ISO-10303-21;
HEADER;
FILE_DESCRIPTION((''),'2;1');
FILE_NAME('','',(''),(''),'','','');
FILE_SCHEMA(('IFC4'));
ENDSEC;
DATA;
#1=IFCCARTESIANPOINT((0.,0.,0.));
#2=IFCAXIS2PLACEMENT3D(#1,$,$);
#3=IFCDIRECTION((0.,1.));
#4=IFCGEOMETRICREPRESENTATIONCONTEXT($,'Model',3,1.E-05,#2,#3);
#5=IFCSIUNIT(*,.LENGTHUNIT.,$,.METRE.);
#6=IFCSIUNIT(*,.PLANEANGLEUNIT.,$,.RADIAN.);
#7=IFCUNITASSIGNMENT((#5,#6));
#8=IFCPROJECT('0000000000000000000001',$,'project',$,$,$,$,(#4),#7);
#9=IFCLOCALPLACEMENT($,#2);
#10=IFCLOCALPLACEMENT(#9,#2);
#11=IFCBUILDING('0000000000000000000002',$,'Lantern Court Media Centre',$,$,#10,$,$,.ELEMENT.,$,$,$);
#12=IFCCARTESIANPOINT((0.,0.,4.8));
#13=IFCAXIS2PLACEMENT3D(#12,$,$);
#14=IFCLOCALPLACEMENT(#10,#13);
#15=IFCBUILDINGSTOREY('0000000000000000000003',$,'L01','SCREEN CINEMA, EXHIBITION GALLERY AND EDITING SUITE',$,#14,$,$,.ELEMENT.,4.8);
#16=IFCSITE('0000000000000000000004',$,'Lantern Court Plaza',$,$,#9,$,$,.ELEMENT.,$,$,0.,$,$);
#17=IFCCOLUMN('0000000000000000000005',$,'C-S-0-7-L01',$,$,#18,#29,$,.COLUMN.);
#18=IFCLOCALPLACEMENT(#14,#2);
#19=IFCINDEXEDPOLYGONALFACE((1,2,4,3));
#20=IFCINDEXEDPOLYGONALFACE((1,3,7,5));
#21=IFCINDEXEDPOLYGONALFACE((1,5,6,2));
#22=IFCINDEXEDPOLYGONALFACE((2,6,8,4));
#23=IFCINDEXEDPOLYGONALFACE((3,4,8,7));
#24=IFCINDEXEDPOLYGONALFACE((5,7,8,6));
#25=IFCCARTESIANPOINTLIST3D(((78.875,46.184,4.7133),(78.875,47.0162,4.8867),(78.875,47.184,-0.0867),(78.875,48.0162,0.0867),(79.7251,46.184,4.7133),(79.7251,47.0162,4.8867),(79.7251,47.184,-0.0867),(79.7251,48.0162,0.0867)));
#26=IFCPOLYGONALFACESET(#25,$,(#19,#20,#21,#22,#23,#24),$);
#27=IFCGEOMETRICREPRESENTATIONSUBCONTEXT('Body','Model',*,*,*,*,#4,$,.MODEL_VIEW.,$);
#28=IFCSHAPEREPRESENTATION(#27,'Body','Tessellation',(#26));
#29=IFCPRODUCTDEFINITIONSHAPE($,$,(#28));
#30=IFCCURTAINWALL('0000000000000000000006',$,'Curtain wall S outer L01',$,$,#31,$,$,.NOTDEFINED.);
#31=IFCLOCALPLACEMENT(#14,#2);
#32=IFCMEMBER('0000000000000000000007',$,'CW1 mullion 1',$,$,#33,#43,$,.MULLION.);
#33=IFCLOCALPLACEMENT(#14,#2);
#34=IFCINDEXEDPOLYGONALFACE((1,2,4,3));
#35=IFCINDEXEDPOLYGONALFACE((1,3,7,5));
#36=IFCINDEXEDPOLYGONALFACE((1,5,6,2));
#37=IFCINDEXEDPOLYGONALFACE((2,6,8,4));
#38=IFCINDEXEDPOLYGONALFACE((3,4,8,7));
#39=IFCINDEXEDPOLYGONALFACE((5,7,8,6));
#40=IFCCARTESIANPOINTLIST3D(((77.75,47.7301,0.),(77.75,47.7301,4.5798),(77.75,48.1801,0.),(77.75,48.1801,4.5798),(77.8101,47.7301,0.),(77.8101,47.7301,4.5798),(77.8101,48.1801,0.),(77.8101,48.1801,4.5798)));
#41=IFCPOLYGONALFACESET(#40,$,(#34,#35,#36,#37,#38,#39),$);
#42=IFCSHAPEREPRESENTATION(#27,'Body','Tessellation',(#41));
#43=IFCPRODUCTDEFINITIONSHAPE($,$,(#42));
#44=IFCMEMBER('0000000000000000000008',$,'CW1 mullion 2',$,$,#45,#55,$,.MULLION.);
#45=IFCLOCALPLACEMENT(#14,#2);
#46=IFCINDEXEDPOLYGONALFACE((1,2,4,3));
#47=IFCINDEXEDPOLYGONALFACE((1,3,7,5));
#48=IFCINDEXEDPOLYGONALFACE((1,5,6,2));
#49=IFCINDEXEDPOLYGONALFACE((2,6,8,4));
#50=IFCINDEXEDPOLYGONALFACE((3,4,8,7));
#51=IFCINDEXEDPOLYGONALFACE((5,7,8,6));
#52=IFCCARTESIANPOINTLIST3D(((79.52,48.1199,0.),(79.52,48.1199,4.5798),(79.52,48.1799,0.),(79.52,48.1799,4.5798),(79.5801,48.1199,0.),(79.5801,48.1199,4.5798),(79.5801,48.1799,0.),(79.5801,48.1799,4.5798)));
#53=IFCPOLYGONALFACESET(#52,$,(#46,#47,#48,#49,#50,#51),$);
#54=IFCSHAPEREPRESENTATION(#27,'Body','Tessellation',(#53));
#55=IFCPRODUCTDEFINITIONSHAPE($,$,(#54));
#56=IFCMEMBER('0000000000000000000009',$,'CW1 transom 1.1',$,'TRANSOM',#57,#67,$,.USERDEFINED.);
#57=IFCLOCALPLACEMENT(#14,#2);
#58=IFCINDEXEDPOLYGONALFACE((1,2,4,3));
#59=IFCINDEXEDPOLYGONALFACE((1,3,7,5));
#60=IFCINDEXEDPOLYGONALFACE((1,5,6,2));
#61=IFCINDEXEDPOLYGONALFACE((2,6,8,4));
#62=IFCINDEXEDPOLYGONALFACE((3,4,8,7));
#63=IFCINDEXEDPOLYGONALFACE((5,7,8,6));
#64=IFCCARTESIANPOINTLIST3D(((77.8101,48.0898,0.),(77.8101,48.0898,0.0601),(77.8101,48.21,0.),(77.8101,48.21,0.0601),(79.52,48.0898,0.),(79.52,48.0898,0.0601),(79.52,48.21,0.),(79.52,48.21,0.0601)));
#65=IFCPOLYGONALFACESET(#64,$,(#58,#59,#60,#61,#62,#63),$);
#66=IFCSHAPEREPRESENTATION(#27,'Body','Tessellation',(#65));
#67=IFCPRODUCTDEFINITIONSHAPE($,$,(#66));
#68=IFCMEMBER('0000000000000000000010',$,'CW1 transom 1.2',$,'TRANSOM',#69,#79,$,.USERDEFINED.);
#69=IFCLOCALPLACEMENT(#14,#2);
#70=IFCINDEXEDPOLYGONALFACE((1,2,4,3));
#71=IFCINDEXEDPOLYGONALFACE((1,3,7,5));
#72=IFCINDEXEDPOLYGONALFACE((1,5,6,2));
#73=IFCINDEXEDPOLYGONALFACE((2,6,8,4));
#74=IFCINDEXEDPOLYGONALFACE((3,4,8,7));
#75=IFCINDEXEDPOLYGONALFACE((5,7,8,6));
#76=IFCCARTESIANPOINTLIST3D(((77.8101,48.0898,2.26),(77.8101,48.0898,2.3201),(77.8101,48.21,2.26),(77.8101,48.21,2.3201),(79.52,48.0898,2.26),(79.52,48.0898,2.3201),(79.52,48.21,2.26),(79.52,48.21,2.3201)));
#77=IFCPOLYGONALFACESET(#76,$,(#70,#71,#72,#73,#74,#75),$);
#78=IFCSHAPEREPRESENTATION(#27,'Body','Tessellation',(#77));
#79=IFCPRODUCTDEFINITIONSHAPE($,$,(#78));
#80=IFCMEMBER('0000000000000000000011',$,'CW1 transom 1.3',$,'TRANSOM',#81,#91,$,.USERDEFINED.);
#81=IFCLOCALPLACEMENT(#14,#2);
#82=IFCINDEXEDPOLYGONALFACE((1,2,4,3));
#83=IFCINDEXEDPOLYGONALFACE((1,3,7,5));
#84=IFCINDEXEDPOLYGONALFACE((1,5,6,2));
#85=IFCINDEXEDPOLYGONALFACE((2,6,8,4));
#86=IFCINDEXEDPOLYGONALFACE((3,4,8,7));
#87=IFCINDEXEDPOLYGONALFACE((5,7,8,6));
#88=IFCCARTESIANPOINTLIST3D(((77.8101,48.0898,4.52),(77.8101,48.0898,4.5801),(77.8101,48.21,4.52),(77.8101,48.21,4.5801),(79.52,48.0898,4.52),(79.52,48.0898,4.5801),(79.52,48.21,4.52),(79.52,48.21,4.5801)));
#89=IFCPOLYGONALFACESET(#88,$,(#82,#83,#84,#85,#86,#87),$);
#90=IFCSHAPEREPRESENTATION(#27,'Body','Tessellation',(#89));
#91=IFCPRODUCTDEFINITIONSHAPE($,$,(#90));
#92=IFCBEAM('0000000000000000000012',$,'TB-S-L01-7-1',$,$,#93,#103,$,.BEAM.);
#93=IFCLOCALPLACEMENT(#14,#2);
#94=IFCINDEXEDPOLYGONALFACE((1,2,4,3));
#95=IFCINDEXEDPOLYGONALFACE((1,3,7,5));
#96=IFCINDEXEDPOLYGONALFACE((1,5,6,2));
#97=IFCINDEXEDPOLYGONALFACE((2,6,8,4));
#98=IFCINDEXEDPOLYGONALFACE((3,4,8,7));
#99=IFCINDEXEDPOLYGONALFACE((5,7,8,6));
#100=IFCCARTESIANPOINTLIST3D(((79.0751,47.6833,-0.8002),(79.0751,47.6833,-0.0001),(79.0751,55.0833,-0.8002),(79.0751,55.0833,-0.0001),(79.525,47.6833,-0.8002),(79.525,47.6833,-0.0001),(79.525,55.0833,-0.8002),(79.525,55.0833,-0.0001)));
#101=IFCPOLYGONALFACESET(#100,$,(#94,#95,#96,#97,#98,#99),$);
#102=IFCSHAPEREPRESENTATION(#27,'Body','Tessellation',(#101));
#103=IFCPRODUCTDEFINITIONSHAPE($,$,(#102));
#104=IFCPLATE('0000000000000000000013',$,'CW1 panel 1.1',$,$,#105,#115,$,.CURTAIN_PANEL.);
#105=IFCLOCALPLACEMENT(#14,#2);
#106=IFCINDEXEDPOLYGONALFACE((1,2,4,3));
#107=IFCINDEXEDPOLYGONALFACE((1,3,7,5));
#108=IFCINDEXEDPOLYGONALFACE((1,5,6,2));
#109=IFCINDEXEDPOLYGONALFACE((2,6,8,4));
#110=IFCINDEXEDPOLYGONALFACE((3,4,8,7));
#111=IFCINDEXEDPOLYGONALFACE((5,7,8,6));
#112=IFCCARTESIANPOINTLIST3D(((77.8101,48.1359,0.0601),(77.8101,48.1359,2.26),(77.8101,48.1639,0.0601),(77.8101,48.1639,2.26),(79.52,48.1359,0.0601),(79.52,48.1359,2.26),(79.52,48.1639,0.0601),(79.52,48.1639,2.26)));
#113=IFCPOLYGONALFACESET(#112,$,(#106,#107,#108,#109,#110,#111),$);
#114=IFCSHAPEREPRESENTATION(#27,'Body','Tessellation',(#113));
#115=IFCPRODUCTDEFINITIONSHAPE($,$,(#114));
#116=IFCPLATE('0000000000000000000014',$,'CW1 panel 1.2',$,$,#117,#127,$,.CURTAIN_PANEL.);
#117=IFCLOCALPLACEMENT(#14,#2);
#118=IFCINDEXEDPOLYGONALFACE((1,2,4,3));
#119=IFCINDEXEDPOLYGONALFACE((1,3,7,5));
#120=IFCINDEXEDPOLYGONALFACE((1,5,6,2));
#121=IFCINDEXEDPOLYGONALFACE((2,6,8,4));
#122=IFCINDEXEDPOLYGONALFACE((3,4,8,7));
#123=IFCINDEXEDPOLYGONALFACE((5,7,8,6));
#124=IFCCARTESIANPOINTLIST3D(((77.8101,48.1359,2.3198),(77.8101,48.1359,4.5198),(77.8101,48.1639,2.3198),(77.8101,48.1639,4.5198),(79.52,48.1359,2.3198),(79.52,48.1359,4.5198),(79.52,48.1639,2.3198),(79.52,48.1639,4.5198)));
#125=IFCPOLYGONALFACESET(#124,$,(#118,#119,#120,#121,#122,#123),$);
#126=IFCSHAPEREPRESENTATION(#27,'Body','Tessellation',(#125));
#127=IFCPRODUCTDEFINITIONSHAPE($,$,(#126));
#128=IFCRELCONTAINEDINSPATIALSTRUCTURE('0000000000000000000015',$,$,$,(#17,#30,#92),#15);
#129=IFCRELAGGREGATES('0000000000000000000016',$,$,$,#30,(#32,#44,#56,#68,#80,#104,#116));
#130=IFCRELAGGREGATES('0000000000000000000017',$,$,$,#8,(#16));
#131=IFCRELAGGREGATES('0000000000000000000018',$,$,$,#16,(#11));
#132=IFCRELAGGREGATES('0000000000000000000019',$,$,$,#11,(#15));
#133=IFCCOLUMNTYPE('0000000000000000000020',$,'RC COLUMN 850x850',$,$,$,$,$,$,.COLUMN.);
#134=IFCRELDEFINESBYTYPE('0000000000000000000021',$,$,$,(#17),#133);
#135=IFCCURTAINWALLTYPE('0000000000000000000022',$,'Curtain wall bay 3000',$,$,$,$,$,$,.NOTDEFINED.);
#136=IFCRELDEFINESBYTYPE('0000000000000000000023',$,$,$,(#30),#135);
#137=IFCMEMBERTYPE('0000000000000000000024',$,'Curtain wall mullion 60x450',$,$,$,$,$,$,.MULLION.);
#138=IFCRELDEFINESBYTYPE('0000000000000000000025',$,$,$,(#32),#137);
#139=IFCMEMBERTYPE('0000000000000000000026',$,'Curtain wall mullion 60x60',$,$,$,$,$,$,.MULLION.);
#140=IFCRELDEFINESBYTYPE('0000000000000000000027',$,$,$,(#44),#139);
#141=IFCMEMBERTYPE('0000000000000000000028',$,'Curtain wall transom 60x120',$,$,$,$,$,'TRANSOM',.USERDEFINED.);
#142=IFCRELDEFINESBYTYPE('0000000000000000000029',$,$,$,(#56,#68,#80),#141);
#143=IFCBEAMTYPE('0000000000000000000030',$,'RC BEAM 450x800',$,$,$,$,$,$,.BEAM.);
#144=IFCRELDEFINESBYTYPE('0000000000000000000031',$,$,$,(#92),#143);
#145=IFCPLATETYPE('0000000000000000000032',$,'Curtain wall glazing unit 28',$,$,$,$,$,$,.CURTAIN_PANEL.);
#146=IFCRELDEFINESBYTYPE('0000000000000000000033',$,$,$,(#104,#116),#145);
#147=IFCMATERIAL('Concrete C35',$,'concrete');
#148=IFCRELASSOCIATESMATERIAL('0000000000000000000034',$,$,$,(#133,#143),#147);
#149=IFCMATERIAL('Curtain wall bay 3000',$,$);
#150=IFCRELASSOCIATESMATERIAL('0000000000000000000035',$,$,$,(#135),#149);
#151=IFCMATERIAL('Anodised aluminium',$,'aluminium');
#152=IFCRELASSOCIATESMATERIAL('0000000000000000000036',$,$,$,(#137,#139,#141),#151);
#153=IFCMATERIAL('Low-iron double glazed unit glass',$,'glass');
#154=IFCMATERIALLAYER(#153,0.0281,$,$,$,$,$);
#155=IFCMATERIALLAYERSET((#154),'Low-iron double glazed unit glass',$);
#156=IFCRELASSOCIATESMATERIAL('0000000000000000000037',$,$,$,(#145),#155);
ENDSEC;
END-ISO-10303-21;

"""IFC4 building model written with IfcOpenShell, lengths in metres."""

from ifc_helpers import new_model, si_unit, direction, frame, origin, origin_2d, place, context, subcontext, project, spatial, rectangle, extrude, material, layer, layer_set, material_profile, profile_set, type_object, element, aggregate, save


model = new_model("IFC4")

# Units and contexts
model_context = context("Model", 3, precision=1e-05, world=origin(), true_north=direction((0.0, 1.0)))
body_context = subcontext(model_context, "Body", "Model", "MODEL_VIEW")
ifc_project = project(units=[si_unit("LENGTHUNIT", "METRE"), si_unit("PLANEANGLEUNIT", "RADIAN")], contexts=[model_context])

# Site, building, storey
site_placement = place(None, origin())
site = spatial("IfcSite", under=ifc_project, at=site_placement, Name="Lantern Court Plaza", CompositionType="ELEMENT", RefElevation=0.0)
building_placement = place(site_placement, origin())
building = spatial("IfcBuilding", under=site, at=building_placement, Name="Lantern Court Media Centre", CompositionType="ELEMENT")
storey_placement = place(building_placement, frame((0.0, 0.0, 4.8)))
storey = spatial("IfcBuildingStorey", under=building, at=storey_placement, Name="L01", Description="SCREEN CINEMA, EXHIBITION GALLERY AND EDITING SUITE", CompositionType="ELEMENT", Elevation=4.8)

# Column
ifc_material_1 = material(Name="Concrete C35", Category="concrete")
ifc_material_profile_1 = material_profile(ifc_material_1, rectangle(XDim=0.8501, YDim=0.8501, at=origin_2d()), Name="RC 850x850")
ifc_profile_set_1 = profile_set([ifc_material_profile_1], Name="Concrete C35")
column_type = type_object("IfcColumnType", Name="RC COLUMN 850x850", PredefinedType="COLUMN", material=ifc_profile_set_1)
column_placement = place(storey_placement, frame((79.3, 47.6001, 0.0), z_axis=(0.0, -0.203952, 0.978981), x_axis=(1.0, 0.0, 0.0)))
element("IfcColumn", 1, at=column_placement, inside=storey, type_object=column_type, Name="C-S-0-7-L01", PredefinedType="COLUMN", context=body_context, shape_type="SweptSolid", body=[
    extrude(rectangle(XDim=0.8501, YDim=0.8501, at=origin_2d()), origin(), (0.0, 0.0, 1.0), 4.9031),
])

# Curtain wall, members
ifc_material_2 = material(Name="Curtain wall bay 3000")
curtain_wall_type = type_object("IfcCurtainWallType", Name="Curtain wall bay 3000", PredefinedType="NOTDEFINED", material=ifc_material_2)
curtain_wall_placement = place(storey_placement, origin())
curtain_wall = element("IfcCurtainWall", 2, at=curtain_wall_placement, inside=storey, type_object=curtain_wall_type, Name="Curtain wall S outer L01", PredefinedType="NOTDEFINED")
ifc_material_3 = material(Name="Anodised aluminium", Category="aluminium")
ifc_material_profile_2 = material_profile(ifc_material_3, rectangle(XDim=0.45, YDim=0.0601, at=origin_2d()), Name="AL 60x450")
ifc_profile_set_2 = profile_set([ifc_material_profile_2], Name="Anodised aluminium")
member_type_1 = type_object("IfcMemberType", Name="Curtain wall mullion 60x450", PredefinedType="MULLION", material=ifc_profile_set_2)
member_1_placement = place(storey_placement, frame((77.78, 47.9551, 0.0), z_axis=(0.0, 0.0, 1.0), x_axis=(0.0, 1.0, 0.0)))
member_1 = element("IfcMember", 3, at=member_1_placement, type_object=member_type_1, Name="CW1 mullion 1", PredefinedType="MULLION", context=body_context, shape_type="SweptSolid", body=[
    extrude(rectangle(XDim=0.45, YDim=0.0601, at=origin_2d()), origin(), (0.0, 0.0, 1.0), 4.5798),
])
ifc_material_profile_3 = material_profile(ifc_material_3, rectangle(XDim=0.0601, YDim=0.0601, at=origin_2d()), Name="AL 60x60")
ifc_profile_set_3 = profile_set([ifc_material_profile_3], Name="Anodised aluminium")
member_type_2 = type_object("IfcMemberType", Name="Curtain wall mullion 60x60", PredefinedType="MULLION", material=ifc_profile_set_3)
member_2_placement = place(storey_placement, frame((79.55, 48.1499, 0.0), z_axis=(0.0, 0.0, 1.0), x_axis=(0.0, 1.0, 0.0)))
member_2 = element("IfcMember", 4, at=member_2_placement, type_object=member_type_2, Name="CW1 mullion 2", PredefinedType="MULLION", context=body_context, shape_type="SweptSolid", body=[
    extrude(rectangle(XDim=0.0601, YDim=0.0601, at=origin_2d()), origin(), (0.0, 0.0, 1.0), 4.5798),
])
ifc_material_profile_4 = material_profile(ifc_material_3, rectangle(XDim=0.1201, YDim=0.0601, at=origin_2d()), Name="AL 60x120")
ifc_profile_set_4 = profile_set([ifc_material_profile_4], Name="Anodised aluminium")
member_type_3 = type_object("IfcMemberType", Name="Curtain wall transom 60x120", ElementType="TRANSOM", PredefinedType="USERDEFINED", material=ifc_profile_set_4)
member_3_placement = place(storey_placement, frame((77.8101, 48.1499, 0.03), z_axis=(1.0, 0.0, 0.0), x_axis=(0.0, 1.0, 0.0)))
member_3 = element("IfcMember", 5, at=member_3_placement, type_object=member_type_3, Name="CW1 transom 1.1", ObjectType="TRANSOM", PredefinedType="USERDEFINED", context=body_context, shape_type="SweptSolid", body=[
    extrude(rectangle(XDim=0.1201, YDim=0.0601, at=origin_2d()), origin(), (0.0, 0.0, 1.0), 1.71),
])
member_4_placement = place(storey_placement, frame((77.8101, 48.1499, 2.29), z_axis=(1.0, 0.0, 0.0), x_axis=(0.0, 1.0, 0.0)))
member_4 = element("IfcMember", 6, at=member_4_placement, type_object=member_type_3, Name="CW1 transom 1.2", ObjectType="TRANSOM", PredefinedType="USERDEFINED", context=body_context, shape_type="SweptSolid", body=[
    extrude(rectangle(XDim=0.1201, YDim=0.0601, at=origin_2d()), origin(), (0.0, 0.0, 1.0), 1.71),
])
member_5_placement = place(storey_placement, frame((77.8101, 48.1499, 4.55), z_axis=(1.0, 0.0, 0.0), x_axis=(0.0, 1.0, 0.0)))
member_5 = element("IfcMember", 7, at=member_5_placement, type_object=member_type_3, Name="CW1 transom 1.3", ObjectType="TRANSOM", PredefinedType="USERDEFINED", context=body_context, shape_type="SweptSolid", body=[
    extrude(rectangle(XDim=0.1201, YDim=0.0601, at=origin_2d()), origin(), (0.0, 0.0, 1.0), 1.71),
])

# Beam
ifc_material_profile_5 = material_profile(ifc_material_1, rectangle(XDim=0.45, YDim=0.8, at=origin_2d()), Name="RC 450x800")
ifc_profile_set_5 = profile_set([ifc_material_profile_5], Name="Concrete C35")
beam_type = type_object("IfcBeamType", Name="RC BEAM 450x800", PredefinedType="BEAM", material=ifc_profile_set_5)
beam_placement = place(storey_placement, frame((79.3, 47.6833, -0.4001), z_axis=(0.0, 1.0, 0.0), x_axis=(-1.0, 0.0, 0.0)))
element("IfcBeam", 8, at=beam_placement, inside=storey, type_object=beam_type, Name="TB-S-L01-7-1", PredefinedType="BEAM", context=body_context, shape_type="SweptSolid", body=[
    extrude(rectangle(XDim=0.45, YDim=0.8, at=origin_2d()), origin(), (0.0, 0.0, 1.0), 7.3999),
])

# Plates
ifc_material_4 = material(Name="Low-iron double glazed unit glass", Category="glass")
ifc_layer_1 = layer(ifc_material_4, 0.0281)
ifc_layer_set_1 = layer_set([ifc_layer_1], Name="Low-iron double glazed unit glass")
plate_type = type_object("IfcPlateType", Name="Curtain wall glazing unit 28", PredefinedType="CURTAIN_PANEL", material=ifc_layer_set_1)
plate_1_placement = place(storey_placement, frame((78.665, 48.1499, 0.0601), z_axis=(0.0, 0.0, 1.0), x_axis=(1.0, 0.0, 0.0)))
plate_1 = element("IfcPlate", 9, at=plate_1_placement, type_object=plate_type, Name="CW1 panel 1.1", PredefinedType="CURTAIN_PANEL", context=body_context, shape_type="SweptSolid", body=[
    extrude(rectangle(XDim=1.71, YDim=0.0281, at=origin_2d()), origin(), (0.0, 0.0, 1.0), 2.2),
])
plate_2_placement = place(storey_placement, frame((78.665, 48.1499, 2.3198), z_axis=(0.0, 0.0, 1.0), x_axis=(1.0, 0.0, 0.0)))
plate_2 = element("IfcPlate", 10, at=plate_2_placement, type_object=plate_type, Name="CW1 panel 1.2", PredefinedType="CURTAIN_PANEL", context=body_context, shape_type="SweptSolid", body=[
    extrude(rectangle(XDim=1.71, YDim=0.0281, at=origin_2d()), origin(), (0.0, 0.0, 1.0), 2.2),
])
aggregate(curtain_wall, [member_1, member_2, member_3, member_4, member_5, plate_1, plate_2])

save(model, "model.ifc")
